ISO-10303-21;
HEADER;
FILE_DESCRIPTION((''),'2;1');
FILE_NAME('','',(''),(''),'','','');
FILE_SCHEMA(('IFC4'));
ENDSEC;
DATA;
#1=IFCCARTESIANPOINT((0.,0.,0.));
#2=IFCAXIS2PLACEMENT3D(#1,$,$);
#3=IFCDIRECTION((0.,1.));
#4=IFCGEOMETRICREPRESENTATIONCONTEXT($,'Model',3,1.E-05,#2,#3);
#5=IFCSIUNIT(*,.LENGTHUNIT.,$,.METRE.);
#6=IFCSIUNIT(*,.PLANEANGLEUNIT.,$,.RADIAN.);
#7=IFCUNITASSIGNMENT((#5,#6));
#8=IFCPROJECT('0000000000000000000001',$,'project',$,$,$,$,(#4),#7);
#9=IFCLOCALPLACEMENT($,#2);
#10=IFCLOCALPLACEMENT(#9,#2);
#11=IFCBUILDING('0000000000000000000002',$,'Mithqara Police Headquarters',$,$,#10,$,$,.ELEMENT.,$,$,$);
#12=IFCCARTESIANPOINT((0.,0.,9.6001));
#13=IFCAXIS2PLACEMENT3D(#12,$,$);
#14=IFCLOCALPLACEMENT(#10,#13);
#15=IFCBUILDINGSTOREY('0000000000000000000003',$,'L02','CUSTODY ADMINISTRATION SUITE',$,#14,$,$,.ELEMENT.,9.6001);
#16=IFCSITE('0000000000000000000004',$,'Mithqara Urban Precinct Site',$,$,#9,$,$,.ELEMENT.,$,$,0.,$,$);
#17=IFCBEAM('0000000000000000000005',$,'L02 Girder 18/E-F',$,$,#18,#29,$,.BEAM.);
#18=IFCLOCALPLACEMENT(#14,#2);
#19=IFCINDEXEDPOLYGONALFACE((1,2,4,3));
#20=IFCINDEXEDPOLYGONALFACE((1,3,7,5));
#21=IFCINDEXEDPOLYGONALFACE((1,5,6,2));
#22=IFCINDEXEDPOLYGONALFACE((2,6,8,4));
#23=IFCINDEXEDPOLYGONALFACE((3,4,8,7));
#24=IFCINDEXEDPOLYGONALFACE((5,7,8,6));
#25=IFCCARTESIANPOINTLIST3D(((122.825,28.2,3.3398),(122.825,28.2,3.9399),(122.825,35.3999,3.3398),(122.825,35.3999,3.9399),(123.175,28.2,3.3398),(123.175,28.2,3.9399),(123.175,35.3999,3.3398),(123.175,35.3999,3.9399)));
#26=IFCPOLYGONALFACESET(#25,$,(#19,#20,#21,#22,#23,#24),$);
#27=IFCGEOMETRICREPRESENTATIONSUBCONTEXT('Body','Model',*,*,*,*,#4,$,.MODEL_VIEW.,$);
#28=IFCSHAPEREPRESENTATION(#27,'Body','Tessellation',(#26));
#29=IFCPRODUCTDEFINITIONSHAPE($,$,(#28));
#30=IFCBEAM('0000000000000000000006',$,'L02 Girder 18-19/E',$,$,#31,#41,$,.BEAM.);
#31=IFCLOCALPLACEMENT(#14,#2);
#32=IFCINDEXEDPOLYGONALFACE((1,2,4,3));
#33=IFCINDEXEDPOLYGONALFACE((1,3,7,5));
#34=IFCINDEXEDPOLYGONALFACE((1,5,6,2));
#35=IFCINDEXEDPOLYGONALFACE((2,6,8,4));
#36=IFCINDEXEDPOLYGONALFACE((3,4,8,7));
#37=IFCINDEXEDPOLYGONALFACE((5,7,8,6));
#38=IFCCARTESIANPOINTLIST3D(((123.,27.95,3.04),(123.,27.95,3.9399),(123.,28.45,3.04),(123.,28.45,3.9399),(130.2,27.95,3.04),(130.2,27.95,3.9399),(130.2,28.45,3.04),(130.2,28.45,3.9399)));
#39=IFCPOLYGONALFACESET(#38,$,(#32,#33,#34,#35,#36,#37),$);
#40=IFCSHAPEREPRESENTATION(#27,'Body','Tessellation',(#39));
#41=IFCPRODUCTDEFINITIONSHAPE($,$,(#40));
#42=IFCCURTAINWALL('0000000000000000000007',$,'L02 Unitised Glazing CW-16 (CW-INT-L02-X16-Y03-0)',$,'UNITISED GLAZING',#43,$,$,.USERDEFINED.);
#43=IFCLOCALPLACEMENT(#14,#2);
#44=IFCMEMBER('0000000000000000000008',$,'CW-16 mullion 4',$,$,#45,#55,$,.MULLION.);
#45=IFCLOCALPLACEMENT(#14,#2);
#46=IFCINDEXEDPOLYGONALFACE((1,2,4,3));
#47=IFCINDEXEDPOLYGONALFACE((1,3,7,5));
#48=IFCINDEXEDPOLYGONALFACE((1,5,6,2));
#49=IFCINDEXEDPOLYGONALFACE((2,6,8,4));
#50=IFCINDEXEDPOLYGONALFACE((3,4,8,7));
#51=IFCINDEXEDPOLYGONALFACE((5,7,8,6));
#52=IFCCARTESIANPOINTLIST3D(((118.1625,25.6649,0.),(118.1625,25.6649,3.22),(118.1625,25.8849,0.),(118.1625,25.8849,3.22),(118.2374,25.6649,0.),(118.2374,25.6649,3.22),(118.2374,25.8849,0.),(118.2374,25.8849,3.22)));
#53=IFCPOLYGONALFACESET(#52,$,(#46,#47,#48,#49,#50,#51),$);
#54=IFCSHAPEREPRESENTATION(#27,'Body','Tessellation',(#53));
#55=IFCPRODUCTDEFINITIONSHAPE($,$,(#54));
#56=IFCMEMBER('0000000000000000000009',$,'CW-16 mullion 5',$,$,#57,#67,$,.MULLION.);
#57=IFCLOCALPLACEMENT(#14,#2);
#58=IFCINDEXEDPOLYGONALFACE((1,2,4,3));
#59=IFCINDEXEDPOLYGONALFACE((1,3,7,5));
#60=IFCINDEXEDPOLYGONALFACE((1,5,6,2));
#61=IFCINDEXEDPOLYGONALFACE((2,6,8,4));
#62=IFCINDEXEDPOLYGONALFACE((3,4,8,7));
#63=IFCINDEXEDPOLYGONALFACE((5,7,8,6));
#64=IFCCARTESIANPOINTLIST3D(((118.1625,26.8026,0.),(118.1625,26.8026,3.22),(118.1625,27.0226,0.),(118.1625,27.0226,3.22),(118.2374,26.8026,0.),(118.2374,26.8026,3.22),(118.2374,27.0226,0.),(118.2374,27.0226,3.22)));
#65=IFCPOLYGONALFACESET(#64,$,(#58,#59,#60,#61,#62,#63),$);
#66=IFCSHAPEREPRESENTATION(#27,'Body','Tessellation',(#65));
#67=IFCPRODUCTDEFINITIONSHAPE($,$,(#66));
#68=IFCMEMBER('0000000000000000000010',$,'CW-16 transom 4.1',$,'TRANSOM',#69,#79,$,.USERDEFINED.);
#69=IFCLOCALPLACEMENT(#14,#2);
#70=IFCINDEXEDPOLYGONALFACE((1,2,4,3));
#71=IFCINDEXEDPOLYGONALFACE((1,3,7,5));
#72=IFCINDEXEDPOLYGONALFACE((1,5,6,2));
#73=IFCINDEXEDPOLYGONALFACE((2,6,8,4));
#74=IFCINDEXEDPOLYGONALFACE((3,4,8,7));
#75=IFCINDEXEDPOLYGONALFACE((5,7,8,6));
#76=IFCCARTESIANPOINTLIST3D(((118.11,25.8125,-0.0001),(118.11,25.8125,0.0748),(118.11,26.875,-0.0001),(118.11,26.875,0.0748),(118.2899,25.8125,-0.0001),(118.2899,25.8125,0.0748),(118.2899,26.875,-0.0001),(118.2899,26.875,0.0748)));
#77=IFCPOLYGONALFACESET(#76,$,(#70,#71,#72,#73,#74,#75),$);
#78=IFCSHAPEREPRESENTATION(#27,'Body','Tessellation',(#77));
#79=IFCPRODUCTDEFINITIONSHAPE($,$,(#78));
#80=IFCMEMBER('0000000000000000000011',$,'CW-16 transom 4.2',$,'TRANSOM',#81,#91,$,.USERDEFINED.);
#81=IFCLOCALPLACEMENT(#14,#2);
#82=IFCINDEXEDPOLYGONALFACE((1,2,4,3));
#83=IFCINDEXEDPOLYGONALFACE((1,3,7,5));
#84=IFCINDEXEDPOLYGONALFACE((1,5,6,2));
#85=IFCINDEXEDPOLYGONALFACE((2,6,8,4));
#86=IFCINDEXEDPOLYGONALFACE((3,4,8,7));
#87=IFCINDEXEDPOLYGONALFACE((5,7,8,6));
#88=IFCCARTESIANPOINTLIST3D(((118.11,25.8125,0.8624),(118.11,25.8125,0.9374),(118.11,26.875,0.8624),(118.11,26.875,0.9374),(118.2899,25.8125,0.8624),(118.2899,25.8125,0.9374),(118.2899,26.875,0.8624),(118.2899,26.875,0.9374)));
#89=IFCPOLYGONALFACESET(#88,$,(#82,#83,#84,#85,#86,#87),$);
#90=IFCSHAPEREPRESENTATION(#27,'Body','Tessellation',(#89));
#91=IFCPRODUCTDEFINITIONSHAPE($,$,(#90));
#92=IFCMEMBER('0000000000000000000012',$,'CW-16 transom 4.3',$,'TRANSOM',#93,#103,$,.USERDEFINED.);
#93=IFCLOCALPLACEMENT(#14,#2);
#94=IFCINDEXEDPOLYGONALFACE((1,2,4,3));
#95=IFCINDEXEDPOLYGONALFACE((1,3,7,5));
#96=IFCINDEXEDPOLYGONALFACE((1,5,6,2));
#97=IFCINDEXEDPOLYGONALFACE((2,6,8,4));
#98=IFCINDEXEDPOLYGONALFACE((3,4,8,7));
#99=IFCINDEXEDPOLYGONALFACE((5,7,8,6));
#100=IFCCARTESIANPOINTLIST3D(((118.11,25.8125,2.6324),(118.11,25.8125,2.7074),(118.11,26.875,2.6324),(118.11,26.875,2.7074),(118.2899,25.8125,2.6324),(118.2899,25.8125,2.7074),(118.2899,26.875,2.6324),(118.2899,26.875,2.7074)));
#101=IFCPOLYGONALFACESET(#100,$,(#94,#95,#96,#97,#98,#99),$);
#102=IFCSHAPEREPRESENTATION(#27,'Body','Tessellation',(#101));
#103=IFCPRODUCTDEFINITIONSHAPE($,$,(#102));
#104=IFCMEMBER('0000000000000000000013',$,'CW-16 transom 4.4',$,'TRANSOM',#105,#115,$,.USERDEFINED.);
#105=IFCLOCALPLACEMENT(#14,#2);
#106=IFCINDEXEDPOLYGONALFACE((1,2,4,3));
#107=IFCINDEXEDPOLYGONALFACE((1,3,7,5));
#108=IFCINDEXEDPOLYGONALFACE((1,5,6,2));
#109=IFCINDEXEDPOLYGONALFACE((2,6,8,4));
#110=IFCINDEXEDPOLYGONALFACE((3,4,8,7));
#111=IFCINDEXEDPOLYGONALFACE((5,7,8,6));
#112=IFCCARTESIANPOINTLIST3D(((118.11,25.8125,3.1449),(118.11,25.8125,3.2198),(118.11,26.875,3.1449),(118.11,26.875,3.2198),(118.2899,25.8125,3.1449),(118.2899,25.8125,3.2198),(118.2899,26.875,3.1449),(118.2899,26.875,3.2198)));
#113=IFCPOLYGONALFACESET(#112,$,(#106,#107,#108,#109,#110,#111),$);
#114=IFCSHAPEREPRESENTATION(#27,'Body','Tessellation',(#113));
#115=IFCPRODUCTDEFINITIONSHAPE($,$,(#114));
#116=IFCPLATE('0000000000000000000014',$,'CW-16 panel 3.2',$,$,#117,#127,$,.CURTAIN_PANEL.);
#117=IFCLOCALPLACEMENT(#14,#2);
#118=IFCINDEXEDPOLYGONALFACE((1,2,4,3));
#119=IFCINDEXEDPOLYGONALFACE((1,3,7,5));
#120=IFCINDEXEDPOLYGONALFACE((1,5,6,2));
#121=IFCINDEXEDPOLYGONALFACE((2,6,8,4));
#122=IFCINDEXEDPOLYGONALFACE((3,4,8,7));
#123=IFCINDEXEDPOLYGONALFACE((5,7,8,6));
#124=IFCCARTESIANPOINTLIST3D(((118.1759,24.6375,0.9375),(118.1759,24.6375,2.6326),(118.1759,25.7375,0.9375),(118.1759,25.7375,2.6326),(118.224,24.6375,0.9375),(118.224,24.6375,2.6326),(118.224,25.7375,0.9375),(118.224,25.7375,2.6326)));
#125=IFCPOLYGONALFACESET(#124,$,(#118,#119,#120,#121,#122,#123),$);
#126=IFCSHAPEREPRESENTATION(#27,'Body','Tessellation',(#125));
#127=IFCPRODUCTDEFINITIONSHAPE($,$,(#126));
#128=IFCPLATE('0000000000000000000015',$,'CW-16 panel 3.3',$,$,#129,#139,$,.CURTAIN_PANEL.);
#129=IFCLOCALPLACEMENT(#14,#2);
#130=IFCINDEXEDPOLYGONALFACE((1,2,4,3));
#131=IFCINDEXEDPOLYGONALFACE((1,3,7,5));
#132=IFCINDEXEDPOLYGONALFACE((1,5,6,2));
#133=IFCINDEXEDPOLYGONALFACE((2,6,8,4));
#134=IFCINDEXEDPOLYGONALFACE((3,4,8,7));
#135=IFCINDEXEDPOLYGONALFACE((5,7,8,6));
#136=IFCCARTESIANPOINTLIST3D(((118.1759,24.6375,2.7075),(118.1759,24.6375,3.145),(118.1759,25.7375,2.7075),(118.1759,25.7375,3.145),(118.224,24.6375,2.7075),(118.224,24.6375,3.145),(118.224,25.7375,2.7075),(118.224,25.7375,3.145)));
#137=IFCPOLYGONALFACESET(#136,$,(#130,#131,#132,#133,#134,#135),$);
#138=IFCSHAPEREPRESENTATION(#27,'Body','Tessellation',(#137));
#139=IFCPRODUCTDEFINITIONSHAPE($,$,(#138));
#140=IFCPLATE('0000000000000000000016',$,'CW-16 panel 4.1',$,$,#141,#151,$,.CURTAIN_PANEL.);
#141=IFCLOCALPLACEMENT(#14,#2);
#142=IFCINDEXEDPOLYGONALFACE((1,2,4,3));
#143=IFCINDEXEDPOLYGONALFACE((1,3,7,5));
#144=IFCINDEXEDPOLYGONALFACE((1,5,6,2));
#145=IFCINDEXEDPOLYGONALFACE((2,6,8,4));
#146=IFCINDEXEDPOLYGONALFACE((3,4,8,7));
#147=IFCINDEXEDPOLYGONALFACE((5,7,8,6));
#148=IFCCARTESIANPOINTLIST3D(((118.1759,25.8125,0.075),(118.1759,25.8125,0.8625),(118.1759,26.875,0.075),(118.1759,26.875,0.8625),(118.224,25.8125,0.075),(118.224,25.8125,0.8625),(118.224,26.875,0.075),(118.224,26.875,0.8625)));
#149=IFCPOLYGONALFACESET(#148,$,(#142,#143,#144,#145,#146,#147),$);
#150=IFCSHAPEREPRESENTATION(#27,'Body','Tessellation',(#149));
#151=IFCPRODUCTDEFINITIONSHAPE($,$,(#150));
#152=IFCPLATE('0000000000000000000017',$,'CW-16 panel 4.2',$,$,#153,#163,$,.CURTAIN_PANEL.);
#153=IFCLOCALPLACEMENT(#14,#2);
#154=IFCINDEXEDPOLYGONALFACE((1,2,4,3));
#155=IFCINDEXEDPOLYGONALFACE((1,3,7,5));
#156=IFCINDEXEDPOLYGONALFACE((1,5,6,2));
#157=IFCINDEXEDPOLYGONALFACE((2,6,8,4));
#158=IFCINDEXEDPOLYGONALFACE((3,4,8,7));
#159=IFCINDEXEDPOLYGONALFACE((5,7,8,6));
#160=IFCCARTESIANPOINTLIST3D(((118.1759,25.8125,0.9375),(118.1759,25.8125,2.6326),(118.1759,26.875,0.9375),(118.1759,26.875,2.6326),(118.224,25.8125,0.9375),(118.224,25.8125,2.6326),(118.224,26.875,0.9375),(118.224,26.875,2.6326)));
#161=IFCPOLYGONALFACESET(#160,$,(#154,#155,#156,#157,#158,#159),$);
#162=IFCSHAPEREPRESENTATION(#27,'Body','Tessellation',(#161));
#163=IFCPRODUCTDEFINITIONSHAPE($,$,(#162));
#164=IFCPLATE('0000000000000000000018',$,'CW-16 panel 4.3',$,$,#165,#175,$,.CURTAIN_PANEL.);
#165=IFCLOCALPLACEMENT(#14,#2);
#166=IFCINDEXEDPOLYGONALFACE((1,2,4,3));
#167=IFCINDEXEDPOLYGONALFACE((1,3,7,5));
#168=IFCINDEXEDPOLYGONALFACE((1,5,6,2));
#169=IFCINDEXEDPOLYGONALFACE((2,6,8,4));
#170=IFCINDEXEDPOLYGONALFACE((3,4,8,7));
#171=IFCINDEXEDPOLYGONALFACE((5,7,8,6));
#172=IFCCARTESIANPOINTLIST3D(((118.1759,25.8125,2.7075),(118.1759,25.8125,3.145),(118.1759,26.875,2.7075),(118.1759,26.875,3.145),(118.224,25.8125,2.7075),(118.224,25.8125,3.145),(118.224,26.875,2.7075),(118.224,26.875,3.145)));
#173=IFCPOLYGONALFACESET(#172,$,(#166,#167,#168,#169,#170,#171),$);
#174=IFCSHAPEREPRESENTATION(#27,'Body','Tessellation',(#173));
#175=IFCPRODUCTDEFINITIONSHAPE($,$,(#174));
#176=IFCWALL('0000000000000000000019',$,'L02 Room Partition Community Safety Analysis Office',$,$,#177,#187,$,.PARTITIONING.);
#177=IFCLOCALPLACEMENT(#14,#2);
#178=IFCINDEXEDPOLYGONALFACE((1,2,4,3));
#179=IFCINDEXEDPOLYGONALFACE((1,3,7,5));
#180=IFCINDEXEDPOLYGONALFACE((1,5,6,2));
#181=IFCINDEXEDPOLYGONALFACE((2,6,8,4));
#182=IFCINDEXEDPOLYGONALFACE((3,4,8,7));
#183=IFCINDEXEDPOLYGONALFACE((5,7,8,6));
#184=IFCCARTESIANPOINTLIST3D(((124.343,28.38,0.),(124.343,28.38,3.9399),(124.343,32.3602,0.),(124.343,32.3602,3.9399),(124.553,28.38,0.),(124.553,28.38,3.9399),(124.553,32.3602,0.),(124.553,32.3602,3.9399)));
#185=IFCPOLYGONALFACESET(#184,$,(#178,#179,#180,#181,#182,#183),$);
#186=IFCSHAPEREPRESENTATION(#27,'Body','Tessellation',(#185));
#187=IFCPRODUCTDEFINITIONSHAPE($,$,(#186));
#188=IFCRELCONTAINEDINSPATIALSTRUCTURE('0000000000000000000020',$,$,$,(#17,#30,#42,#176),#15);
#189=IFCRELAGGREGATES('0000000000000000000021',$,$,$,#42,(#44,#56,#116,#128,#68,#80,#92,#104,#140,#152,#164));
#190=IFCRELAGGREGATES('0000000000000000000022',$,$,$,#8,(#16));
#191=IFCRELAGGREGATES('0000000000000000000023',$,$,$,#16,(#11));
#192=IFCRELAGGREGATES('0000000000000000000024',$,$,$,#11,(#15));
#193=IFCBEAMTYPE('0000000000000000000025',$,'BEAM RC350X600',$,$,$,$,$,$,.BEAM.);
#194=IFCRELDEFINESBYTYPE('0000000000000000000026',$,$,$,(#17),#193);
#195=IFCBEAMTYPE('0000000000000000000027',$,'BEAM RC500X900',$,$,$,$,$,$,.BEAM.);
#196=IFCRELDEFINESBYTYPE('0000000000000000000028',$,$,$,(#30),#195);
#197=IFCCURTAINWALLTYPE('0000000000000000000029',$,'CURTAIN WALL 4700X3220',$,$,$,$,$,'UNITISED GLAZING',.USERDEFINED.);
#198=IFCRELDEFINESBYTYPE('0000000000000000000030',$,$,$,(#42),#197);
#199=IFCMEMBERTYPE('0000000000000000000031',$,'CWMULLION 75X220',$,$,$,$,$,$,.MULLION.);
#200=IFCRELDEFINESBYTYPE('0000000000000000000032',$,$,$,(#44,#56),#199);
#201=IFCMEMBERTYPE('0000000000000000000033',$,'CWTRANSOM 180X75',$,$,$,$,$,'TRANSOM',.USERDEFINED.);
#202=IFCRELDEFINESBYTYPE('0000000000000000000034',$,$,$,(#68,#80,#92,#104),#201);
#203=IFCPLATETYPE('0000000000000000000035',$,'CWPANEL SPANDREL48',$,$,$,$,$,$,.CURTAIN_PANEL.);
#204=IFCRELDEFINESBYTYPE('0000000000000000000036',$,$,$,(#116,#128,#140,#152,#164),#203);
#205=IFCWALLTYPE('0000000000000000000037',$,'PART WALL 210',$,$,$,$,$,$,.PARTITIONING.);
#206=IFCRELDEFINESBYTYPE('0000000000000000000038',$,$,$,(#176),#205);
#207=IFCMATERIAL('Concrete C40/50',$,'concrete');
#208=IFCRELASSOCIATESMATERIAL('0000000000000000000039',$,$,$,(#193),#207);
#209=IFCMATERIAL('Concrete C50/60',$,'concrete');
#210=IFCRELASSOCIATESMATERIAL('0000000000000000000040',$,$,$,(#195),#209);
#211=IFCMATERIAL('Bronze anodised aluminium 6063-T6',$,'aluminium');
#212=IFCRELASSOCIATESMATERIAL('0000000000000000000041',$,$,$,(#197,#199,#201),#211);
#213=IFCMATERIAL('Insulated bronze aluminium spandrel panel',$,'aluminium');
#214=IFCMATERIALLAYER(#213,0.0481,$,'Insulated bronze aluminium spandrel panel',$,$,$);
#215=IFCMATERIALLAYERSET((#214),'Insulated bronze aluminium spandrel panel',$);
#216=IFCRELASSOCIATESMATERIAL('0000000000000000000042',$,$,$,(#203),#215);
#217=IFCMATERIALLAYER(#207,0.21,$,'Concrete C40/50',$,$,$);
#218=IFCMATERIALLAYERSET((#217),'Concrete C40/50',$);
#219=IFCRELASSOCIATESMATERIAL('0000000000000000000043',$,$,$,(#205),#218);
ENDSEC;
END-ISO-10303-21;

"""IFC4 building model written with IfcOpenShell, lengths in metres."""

from ifc_helpers import new_model, si_unit, direction, frame, frame_2d, origin, origin_2d, place, context, subcontext, project, spatial, rectangle, extrude, material, layer, layer_set, material_profile, profile_set, type_object, element, aggregate, save


model = new_model("IFC4")

# Units and contexts
model_context = context("Model", 3, precision=1e-05, world=origin(), true_north=direction((0.0, 1.0)))
body_context = subcontext(model_context, "Body", "Model", "MODEL_VIEW")
ifc_project = project(units=[si_unit("LENGTHUNIT", "METRE"), si_unit("PLANEANGLEUNIT", "RADIAN")], contexts=[model_context])

# Site, building, storey
site_placement = place(None, origin())
site = spatial("IfcSite", under=ifc_project, at=site_placement, Name="Mithqara Urban Precinct Site", CompositionType="ELEMENT", RefElevation=0.0)
building_placement = place(site_placement, origin())
building = spatial("IfcBuilding", under=site, at=building_placement, Name="Mithqara Police Headquarters", CompositionType="ELEMENT")
storey_placement = place(building_placement, frame((0.0, 0.0, 9.6001)))
storey = spatial("IfcBuildingStorey", under=building, at=storey_placement, Name="L02", Description="CUSTODY ADMINISTRATION SUITE", CompositionType="ELEMENT", Elevation=9.6001)

# Shared definitions
ifc_material_1 = material(Name="Concrete C50/60", Category="concrete")

# Beams
ifc_material_2 = material(Name="Concrete C40/50", Category="concrete")
ifc_material_profile_1 = material_profile(ifc_material_2, rectangle(XDim=0.3501, YDim=0.6001, at=origin_2d()), Name="RC 350x600")
ifc_profile_set_1 = profile_set([ifc_material_profile_1], Name="Concrete C40/50")
beam_type_1 = type_object("IfcBeamType", Name="BEAM RC350X600", PredefinedType="BEAM", material=ifc_profile_set_1)
beam_1_placement = place(storey_placement, frame((123.0, 28.2, 3.6399), z_axis=(0.0, 1.0, 0.0), x_axis=(-1.0, 0.0, 0.0)))
element("IfcBeam", 1, at=beam_1_placement, inside=storey, type_object=beam_type_1, Name="L02 Girder 18/E-F", PredefinedType="BEAM", context=body_context, shape_type="SweptSolid", body=[
    extrude(rectangle(XDim=0.3501, YDim=0.6001, at=origin_2d()), origin(), (0.0, 0.0, 1.0), 7.2),
])
ifc_material_profile_2 = material_profile(ifc_material_1, rectangle(XDim=0.5, YDim=0.8999, at=origin_2d()), Name="RC 500x900")
ifc_profile_set_2 = profile_set([ifc_material_profile_2], Name="Concrete C50/60")
beam_type_2 = type_object("IfcBeamType", Name="BEAM RC500X900", PredefinedType="BEAM", material=ifc_profile_set_2)
beam_2_placement = place(storey_placement, frame((123.0, 28.2, 3.49), z_axis=(1.0, 0.0, 0.0), x_axis=(0.0, 1.0, 0.0)))
element("IfcBeam", 2, at=beam_2_placement, inside=storey, type_object=beam_type_2, Name="L02 Girder 18-19/E", PredefinedType="BEAM", context=body_context, shape_type="SweptSolid", body=[
    extrude(rectangle(XDim=0.5, YDim=0.8999, at=origin_2d()), origin(), (0.0, 0.0, 1.0), 7.2),
])

# Curtain wall, members, plates
ifc_material_3 = material(Name="Bronze anodised aluminium 6063-T6", Category="aluminium")
curtain_wall_type = type_object("IfcCurtainWallType", Name="CURTAIN WALL 4700X3220", ElementType="UNITISED GLAZING", PredefinedType="USERDEFINED", material=ifc_material_3)
curtain_wall_placement = place(storey_placement, origin())
curtain_wall = element("IfcCurtainWall", 3, at=curtain_wall_placement, inside=storey, type_object=curtain_wall_type, Name="L02 Unitised Glazing CW-16 (CW-INT-L02-X16-Y03-0)", ObjectType="UNITISED GLAZING", PredefinedType="USERDEFINED")
ifc_material_profile_3 = material_profile(ifc_material_3, rectangle(XDim=0.075, YDim=0.22, at=origin_2d()), Name="CWM 75x220")
ifc_profile_set_3 = profile_set([ifc_material_profile_3], Name="Bronze anodised aluminium 6063-T6")
member_type_1 = type_object("IfcMemberType", Name="CWMULLION 75X220", PredefinedType="MULLION", material=ifc_profile_set_3)
member_1_placement = place(storey_placement, frame((118.2, 25.7749, 0.0), z_axis=(0.0, 0.0, 1.0), x_axis=(-1.0, 0.0, 0.0)))
member_1 = element("IfcMember", 4, at=member_1_placement, type_object=member_type_1, Name="CW-16 mullion 4", PredefinedType="MULLION", context=body_context, shape_type="SweptSolid", body=[
    extrude(rectangle(XDim=0.075, YDim=0.22, at=origin_2d()), origin(), (0.0, 0.0, 1.0), 3.22),
])
member_2_placement = place(storey_placement, frame((118.2, 26.9126, 0.0), z_axis=(0.0, 0.0, 1.0), x_axis=(-1.0, 0.0, 0.0)))
member_2 = element("IfcMember", 5, at=member_2_placement, type_object=member_type_1, Name="CW-16 mullion 5", PredefinedType="MULLION", context=body_context, shape_type="SweptSolid", body=[
    extrude(rectangle(XDim=0.075, YDim=0.22, at=origin_2d()), origin(), (0.0, 0.0, 1.0), 3.22),
])
ifc_material_profile_4 = material_profile(ifc_material_3, rectangle(XDim=0.1799, YDim=0.075, at=origin_2d()), Name="CWT 180x75")
ifc_profile_set_4 = profile_set([ifc_material_profile_4], Name="Bronze anodised aluminium 6063-T6")
member_type_2 = type_object("IfcMemberType", Name="CWTRANSOM 180X75", ElementType="TRANSOM", PredefinedType="USERDEFINED", material=ifc_profile_set_4)
member_3_placement = place(storey_placement, frame((118.2, 25.8125, 0.0374), z_axis=(0.0, 1.0, 0.0), x_axis=(-1.0, 0.0, 0.0)))
member_3 = element("IfcMember", 6, at=member_3_placement, type_object=member_type_2, Name="CW-16 transom 4.1", ObjectType="TRANSOM", PredefinedType="USERDEFINED", context=body_context, shape_type="SweptSolid", body=[
    extrude(rectangle(XDim=0.1799, YDim=0.075, at=origin_2d()), origin(), (0.0, 0.0, 1.0), 1.0625),
])
member_4_placement = place(storey_placement, frame((118.2, 25.8125, 0.8999), z_axis=(0.0, 1.0, 0.0), x_axis=(-1.0, 0.0, 0.0)))
member_4 = element("IfcMember", 7, at=member_4_placement, type_object=member_type_2, Name="CW-16 transom 4.2", ObjectType="TRANSOM", PredefinedType="USERDEFINED", context=body_context, shape_type="SweptSolid", body=[
    extrude(rectangle(XDim=0.1799, YDim=0.075, at=origin_2d()), origin(), (0.0, 0.0, 1.0), 1.0625),
])
member_5_placement = place(storey_placement, frame((118.2, 25.8125, 2.6699), z_axis=(0.0, 1.0, 0.0), x_axis=(-1.0, 0.0, 0.0)))
member_5 = element("IfcMember", 8, at=member_5_placement, type_object=member_type_2, Name="CW-16 transom 4.3", ObjectType="TRANSOM", PredefinedType="USERDEFINED", context=body_context, shape_type="SweptSolid", body=[
    extrude(rectangle(XDim=0.1799, YDim=0.075, at=origin_2d()), origin(), (0.0, 0.0, 1.0), 1.0625),
])
member_6_placement = place(storey_placement, frame((118.2, 25.8125, 3.1824), z_axis=(0.0, 1.0, 0.0), x_axis=(-1.0, 0.0, 0.0)))
member_6 = element("IfcMember", 9, at=member_6_placement, type_object=member_type_2, Name="CW-16 transom 4.4", ObjectType="TRANSOM", PredefinedType="USERDEFINED", context=body_context, shape_type="SweptSolid", body=[
    extrude(rectangle(XDim=0.1799, YDim=0.075, at=origin_2d()), origin(), (0.0, 0.0, 1.0), 1.0625),
])
ifc_material_4 = material(Name="Insulated bronze aluminium spandrel panel", Category="aluminium")
ifc_layer_1 = layer(ifc_material_4, 0.0481, Name="Insulated bronze aluminium spandrel panel")
ifc_layer_set_1 = layer_set([ifc_layer_1], Name="Insulated bronze aluminium spandrel panel")
plate_type = type_object("IfcPlateType", Name="CWPANEL SPANDREL48", PredefinedType="CURTAIN_PANEL", material=ifc_layer_set_1)
plate_1_placement = place(storey_placement, frame((118.2, 25.1875, 0.9375), z_axis=(0.0, 0.0, 1.0), x_axis=(0.0, 1.0, 0.0)))
plate_1 = element("IfcPlate", 10, at=plate_1_placement, type_object=plate_type, Name="CW-16 panel 3.2", PredefinedType="CURTAIN_PANEL", context=body_context, shape_type="SweptSolid", body=[
    extrude(rectangle(XDim=1.1001, YDim=0.0481, at=origin_2d()), origin(), (0.0, 0.0, 1.0), 1.6951),
])
plate_2_placement = place(storey_placement, frame((118.2, 25.1875, 2.7075), z_axis=(0.0, 0.0, 1.0), x_axis=(0.0, 1.0, 0.0)))
plate_2 = element("IfcPlate", 11, at=plate_2_placement, type_object=plate_type, Name="CW-16 panel 3.3", PredefinedType="CURTAIN_PANEL", context=body_context, shape_type="SweptSolid", body=[
    extrude(rectangle(XDim=1.1001, YDim=0.0481, at=origin_2d()), origin(), (0.0, 0.0, 1.0), 0.4375),
])
plate_3_placement = place(storey_placement, frame((118.2, 26.3438, 0.075), z_axis=(0.0, 0.0, 1.0), x_axis=(0.0, 1.0, 0.0)))
plate_3 = element("IfcPlate", 12, at=plate_3_placement, type_object=plate_type, Name="CW-16 panel 4.1", PredefinedType="CURTAIN_PANEL", context=body_context, shape_type="SweptSolid", body=[
    extrude(rectangle(XDim=1.0625, YDim=0.0481, at=origin_2d()), origin(), (0.0, 0.0, 1.0), 0.7876),
])
plate_4_placement = place(storey_placement, frame((118.2, 26.3438, 0.9375), z_axis=(0.0, 0.0, 1.0), x_axis=(0.0, 1.0, 0.0)))
plate_4 = element("IfcPlate", 13, at=plate_4_placement, type_object=plate_type, Name="CW-16 panel 4.2", PredefinedType="CURTAIN_PANEL", context=body_context, shape_type="SweptSolid", body=[
    extrude(rectangle(XDim=1.0625, YDim=0.0481, at=origin_2d()), origin(), (0.0, 0.0, 1.0), 1.6951),
])
plate_5_placement = place(storey_placement, frame((118.2, 26.3438, 2.7075), z_axis=(0.0, 0.0, 1.0), x_axis=(0.0, 1.0, 0.0)))
plate_5 = element("IfcPlate", 14, at=plate_5_placement, type_object=plate_type, Name="CW-16 panel 4.3", PredefinedType="CURTAIN_PANEL", context=body_context, shape_type="SweptSolid", body=[
    extrude(rectangle(XDim=1.0625, YDim=0.0481, at=origin_2d()), origin(), (0.0, 0.0, 1.0), 0.4375),
])
aggregate(curtain_wall, [member_1, member_2, plate_1, plate_2, member_3, member_4, member_5, member_6, plate_3, plate_4, plate_5])

# Wall
ifc_layer_2 = layer(ifc_material_2, 0.21, Name="Concrete C40/50")
ifc_layer_set_2 = layer_set([ifc_layer_2], Name="Concrete C40/50")
wall_type = type_object("IfcWallType", Name="PART WALL 210", PredefinedType="PARTITIONING", material=ifc_layer_set_2)
wall_1_placement = place(storey_placement, frame((124.448, 28.3799, 0.0), z_axis=(0.0, 0.0, 1.0), x_axis=(0.0, 1.0, 0.0)))
element("IfcWall", 15, at=wall_1_placement, inside=storey, type_object=wall_type, Name="L02 Room Partition Community Safety Analysis Office", PredefinedType="PARTITIONING", context=body_context, shape_type="SweptSolid", body=[
    extrude(rectangle(XDim=3.9802, YDim=0.21, at=frame_2d((1.9902, 0.0))), origin(), (0.0, 0.0, 1.0), 3.9399),
])

save(model, "model.ifc")
